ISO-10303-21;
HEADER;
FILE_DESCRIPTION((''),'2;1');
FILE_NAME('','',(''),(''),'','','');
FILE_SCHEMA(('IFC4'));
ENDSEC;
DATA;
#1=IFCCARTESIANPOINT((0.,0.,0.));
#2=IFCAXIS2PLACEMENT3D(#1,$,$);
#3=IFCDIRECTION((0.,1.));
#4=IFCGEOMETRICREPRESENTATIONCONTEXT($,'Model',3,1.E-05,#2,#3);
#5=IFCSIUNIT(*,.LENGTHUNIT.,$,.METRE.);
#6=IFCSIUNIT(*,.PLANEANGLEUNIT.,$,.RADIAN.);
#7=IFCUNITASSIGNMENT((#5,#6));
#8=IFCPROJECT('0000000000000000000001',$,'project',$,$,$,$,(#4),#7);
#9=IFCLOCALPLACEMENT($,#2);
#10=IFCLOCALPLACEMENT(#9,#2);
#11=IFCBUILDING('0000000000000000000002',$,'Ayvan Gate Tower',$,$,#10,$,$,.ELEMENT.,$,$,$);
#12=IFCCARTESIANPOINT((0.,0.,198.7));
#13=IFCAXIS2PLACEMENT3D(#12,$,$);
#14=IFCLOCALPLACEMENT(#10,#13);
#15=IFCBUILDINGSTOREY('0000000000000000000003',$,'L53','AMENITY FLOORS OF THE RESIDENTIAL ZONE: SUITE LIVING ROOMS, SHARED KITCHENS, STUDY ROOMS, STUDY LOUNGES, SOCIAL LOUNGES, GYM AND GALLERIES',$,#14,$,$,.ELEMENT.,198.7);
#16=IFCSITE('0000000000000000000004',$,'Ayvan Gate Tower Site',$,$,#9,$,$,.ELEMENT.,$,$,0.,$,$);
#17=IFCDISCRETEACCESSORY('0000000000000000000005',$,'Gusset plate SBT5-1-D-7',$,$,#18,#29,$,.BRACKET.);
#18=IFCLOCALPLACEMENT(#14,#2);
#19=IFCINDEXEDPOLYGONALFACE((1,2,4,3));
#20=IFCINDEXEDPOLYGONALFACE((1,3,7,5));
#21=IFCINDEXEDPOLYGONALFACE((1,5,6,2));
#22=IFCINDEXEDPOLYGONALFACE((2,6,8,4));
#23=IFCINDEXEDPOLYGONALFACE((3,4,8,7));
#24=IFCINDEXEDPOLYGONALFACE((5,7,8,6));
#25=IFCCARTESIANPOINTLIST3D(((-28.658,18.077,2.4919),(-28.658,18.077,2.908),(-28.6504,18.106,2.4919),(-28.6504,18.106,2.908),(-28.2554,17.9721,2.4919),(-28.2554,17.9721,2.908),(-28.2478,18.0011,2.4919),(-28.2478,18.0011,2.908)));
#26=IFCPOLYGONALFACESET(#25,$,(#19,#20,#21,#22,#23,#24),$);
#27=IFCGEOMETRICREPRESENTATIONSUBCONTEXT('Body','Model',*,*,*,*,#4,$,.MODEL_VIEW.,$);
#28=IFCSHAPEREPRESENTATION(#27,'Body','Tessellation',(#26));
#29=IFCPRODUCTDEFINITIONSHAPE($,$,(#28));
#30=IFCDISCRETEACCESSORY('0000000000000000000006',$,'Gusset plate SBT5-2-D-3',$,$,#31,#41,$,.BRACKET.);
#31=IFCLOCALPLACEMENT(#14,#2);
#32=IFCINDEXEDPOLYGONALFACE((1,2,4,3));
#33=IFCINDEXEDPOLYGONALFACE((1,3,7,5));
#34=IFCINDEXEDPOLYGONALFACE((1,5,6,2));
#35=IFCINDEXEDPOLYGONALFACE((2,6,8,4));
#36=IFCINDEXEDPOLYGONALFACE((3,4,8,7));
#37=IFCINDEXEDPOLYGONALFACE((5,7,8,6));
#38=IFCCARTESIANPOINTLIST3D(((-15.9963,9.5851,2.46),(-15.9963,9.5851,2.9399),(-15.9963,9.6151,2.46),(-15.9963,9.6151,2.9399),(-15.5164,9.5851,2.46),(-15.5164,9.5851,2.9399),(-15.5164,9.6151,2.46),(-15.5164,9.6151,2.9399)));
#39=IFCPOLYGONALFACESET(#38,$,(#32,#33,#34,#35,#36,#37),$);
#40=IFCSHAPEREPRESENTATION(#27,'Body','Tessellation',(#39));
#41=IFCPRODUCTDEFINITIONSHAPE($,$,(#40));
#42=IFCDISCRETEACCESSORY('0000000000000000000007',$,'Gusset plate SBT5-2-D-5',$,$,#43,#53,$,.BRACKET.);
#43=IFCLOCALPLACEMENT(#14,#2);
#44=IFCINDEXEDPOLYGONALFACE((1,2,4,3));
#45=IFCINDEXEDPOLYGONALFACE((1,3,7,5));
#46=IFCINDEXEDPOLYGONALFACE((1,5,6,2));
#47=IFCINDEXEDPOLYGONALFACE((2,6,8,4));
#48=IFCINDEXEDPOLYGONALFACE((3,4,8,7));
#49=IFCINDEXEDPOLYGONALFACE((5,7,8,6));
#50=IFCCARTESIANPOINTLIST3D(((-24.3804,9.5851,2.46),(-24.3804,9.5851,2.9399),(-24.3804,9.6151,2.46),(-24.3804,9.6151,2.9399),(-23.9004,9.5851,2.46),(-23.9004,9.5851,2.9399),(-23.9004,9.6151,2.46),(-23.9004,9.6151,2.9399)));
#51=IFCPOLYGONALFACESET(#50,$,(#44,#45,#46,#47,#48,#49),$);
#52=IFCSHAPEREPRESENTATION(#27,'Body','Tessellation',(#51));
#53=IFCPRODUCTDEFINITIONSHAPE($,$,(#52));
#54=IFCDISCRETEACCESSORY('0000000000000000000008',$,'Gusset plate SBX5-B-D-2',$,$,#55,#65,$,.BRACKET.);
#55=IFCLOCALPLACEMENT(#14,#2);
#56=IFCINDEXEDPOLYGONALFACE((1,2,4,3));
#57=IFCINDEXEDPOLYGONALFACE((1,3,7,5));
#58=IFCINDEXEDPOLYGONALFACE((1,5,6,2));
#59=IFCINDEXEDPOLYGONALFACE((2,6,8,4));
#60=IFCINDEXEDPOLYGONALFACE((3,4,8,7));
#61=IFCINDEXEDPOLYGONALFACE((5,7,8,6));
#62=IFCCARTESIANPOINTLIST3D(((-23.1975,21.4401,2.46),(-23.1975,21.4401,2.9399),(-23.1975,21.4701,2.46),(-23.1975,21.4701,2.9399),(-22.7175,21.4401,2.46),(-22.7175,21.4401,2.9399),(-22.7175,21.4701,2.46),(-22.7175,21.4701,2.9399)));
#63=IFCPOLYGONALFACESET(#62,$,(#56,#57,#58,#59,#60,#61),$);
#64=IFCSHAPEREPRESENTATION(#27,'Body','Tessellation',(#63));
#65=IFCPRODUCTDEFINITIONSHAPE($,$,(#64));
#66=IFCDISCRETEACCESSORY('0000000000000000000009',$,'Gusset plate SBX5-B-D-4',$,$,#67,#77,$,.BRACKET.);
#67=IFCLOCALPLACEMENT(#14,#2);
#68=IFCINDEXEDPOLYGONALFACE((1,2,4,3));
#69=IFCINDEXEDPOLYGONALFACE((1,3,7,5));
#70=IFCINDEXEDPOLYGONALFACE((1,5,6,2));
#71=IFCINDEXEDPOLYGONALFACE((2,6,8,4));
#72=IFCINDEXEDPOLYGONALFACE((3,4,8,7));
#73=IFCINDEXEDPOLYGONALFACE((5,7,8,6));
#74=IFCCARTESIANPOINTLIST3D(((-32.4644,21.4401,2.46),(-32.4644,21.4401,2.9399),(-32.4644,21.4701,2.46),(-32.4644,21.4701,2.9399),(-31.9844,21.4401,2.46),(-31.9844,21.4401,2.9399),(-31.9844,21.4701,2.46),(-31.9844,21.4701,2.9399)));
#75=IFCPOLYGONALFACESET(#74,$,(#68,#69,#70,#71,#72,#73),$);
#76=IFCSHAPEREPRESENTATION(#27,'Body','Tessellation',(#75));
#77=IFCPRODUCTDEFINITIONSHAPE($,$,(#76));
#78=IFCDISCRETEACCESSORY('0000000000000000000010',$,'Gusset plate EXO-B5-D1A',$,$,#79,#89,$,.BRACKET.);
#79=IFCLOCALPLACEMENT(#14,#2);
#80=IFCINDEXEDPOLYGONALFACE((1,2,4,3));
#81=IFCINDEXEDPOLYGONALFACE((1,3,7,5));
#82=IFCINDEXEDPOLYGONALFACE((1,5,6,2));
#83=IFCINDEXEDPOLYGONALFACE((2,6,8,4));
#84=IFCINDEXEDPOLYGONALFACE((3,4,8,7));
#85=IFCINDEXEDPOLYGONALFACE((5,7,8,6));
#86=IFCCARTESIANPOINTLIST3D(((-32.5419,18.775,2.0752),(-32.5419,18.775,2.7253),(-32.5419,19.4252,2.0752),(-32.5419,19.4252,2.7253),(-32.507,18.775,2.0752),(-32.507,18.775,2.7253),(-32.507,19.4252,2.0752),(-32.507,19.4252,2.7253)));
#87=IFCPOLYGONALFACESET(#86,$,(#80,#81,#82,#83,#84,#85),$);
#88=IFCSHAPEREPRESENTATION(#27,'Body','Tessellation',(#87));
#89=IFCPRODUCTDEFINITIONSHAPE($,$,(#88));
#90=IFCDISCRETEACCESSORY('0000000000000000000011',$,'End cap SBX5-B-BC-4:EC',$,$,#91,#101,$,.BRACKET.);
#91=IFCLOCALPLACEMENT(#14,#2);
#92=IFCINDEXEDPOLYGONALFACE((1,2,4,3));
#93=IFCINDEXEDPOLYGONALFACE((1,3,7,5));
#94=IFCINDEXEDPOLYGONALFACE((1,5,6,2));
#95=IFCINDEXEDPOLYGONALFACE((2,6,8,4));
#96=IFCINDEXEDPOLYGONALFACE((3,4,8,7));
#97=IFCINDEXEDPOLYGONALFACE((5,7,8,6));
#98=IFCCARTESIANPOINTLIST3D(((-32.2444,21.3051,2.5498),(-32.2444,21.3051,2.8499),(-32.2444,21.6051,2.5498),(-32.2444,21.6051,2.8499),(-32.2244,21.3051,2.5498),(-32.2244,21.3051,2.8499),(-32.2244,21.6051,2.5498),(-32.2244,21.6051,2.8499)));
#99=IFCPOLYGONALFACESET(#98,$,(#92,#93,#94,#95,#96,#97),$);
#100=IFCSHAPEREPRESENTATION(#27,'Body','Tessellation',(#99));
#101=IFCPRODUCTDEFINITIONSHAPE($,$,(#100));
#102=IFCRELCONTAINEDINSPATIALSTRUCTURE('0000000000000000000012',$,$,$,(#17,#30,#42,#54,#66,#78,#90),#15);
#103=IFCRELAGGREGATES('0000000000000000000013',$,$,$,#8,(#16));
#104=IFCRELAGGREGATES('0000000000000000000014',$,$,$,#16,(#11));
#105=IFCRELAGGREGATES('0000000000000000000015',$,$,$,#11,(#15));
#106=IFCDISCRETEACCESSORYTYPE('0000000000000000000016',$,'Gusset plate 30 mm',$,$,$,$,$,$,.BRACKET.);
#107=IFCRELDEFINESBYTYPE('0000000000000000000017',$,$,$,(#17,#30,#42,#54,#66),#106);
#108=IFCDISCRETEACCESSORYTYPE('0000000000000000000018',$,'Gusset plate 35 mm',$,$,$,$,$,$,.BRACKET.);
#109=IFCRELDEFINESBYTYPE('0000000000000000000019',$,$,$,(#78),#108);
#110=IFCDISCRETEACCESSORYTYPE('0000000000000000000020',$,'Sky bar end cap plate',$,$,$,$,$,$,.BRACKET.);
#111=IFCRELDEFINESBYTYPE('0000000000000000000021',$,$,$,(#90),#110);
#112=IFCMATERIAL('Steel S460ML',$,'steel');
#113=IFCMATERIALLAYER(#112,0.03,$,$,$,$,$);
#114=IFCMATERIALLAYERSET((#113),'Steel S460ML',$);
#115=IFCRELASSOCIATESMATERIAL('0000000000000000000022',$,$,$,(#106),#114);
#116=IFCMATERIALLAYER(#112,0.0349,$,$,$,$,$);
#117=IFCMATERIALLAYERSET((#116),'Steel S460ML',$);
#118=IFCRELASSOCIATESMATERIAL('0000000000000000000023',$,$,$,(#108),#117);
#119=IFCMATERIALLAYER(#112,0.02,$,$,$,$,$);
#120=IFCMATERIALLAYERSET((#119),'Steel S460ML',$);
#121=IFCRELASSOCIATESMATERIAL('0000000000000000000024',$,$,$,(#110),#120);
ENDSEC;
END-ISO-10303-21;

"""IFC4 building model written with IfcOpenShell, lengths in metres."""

from ifc_helpers import new_model, si_unit, direction, frame, origin, origin_2d, place, context, subcontext, project, spatial, rectangle, extrude, material, layer, layer_set, type_object, element, save


model = new_model("IFC4")

# Units and contexts
model_context = context("Model", 3, precision=1e-05, world=origin(), true_north=direction((0.0, 1.0)))
body_context = subcontext(model_context, "Body", "Model", "MODEL_VIEW")
ifc_project = project(units=[si_unit("LENGTHUNIT", "METRE"), si_unit("PLANEANGLEUNIT", "RADIAN")], contexts=[model_context])

# Site, building, storey
site_placement = place(None, origin())
site = spatial("IfcSite", under=ifc_project, at=site_placement, Name="Ayvan Gate Tower Site", CompositionType="ELEMENT", RefElevation=0.0)
building_placement = place(site_placement, origin())
building = spatial("IfcBuilding", under=site, at=building_placement, Name="Ayvan Gate Tower", CompositionType="ELEMENT")
storey_placement = place(building_placement, frame((0.0, 0.0, 198.7)))
storey = spatial("IfcBuildingStorey", under=building, at=storey_placement, Name="L53", Description="AMENITY FLOORS OF THE RESIDENTIAL ZONE: SUITE LIVING ROOMS, SHARED KITCHENS, STUDY ROOMS, STUDY LOUNGES, SOCIAL LOUNGES, GYM AND GALLERIES", CompositionType="ELEMENT", Elevation=198.7)

# Discrete accessories
ifc_material_1 = material(Name="Steel S460ML", Category="steel")
ifc_layer_1 = layer(ifc_material_1, 0.03)
ifc_layer_set_1 = layer_set([ifc_layer_1], Name="Steel S460ML")
discrete_accessory_type_1 = type_object("IfcDiscreteAccessoryType", Name="Gusset plate 30 mm", PredefinedType="BRACKET", material=ifc_layer_set_1)
for number, where, z_axis, x_axis, name in (
    (1, (-28.4529, 18.0391, 2.4919), (0.0, 0.0, 1.0), (-0.967682, 0.252172, 0.0), "Gusset plate SBT5-1-D-7"),
):
    element("IfcDiscreteAccessory", number, at=place(storey_placement, frame(where, z_axis=z_axis, x_axis=x_axis)), inside=storey, type_object=discrete_accessory_type_1, Name=name, PredefinedType="BRACKET", context=body_context, shape_type="SweptSolid", body=[
        extrude(rectangle(XDim=0.416, YDim=0.03, at=origin_2d()), origin(), (0.0, 0.0, 1.0), 0.416),
    ])
for number, where, z_axis, x_axis, name in (
    (2, (-15.7563, 9.6001, 2.46), (0.0, 0.0, 1.0), (1.0, 0.0, 0.0), "Gusset plate SBT5-2-D-3"),
    (3, (-24.1404, 9.6001, 2.46), (0.0, 0.0, 1.0), (1.0, 0.0, 0.0), "Gusset plate SBT5-2-D-5"),
    (4, (-22.9575, 21.4551, 2.46), (0.0, 0.0, 1.0), (1.0, 0.0, 0.0), "Gusset plate SBX5-B-D-2"),
    (5, (-32.2244, 21.4551, 2.46), (0.0, 0.0, 1.0), (1.0, 0.0, 0.0), "Gusset plate SBX5-B-D-4"),
):
    element("IfcDiscreteAccessory", number, at=place(storey_placement, frame(where, z_axis=z_axis, x_axis=x_axis)), inside=storey, type_object=discrete_accessory_type_1, Name=name, PredefinedType="BRACKET", context=body_context, shape_type="SweptSolid", body=[
        extrude(rectangle(XDim=0.48, YDim=0.03, at=origin_2d()), origin(), (0.0, 0.0, 1.0), 0.48),
    ])
ifc_layer_2 = layer(ifc_material_1, 0.0349)
ifc_layer_set_2 = layer_set([ifc_layer_2], Name="Steel S460ML")
discrete_accessory_type_2 = type_object("IfcDiscreteAccessoryType", Name="Gusset plate 35 mm", PredefinedType="BRACKET", material=ifc_layer_set_2)
discrete_accessory_1_placement = place(storey_placement, frame((-32.5244, 19.1001, 2.0752), z_axis=(0.0, 0.0, 1.0), x_axis=(0.0, 1.0, 0.0)))
element("IfcDiscreteAccessory", 6, at=discrete_accessory_1_placement, inside=storey, type_object=discrete_accessory_type_2, Name="Gusset plate EXO-B5-D1A", PredefinedType="BRACKET", context=body_context, shape_type="SweptSolid", body=[
    extrude(rectangle(XDim=0.6501, YDim=0.0349, at=origin_2d()), origin(), (0.0, 0.0, 1.0), 0.6501),
])
ifc_layer_3 = layer(ifc_material_1, 0.02)
ifc_layer_set_3 = layer_set([ifc_layer_3], Name="Steel S460ML")
discrete_accessory_type_3 = type_object("IfcDiscreteAccessoryType", Name="Sky bar end cap plate", PredefinedType="BRACKET", material=ifc_layer_set_3)
discrete_accessory_2_placement = place(storey_placement, frame((-32.2344, 21.4551, 2.5498), z_axis=(0.0, 0.0, 1.0), x_axis=(-1.0, 0.0, 0.0)))
element("IfcDiscreteAccessory", 7, at=discrete_accessory_2_placement, inside=storey, type_object=discrete_accessory_type_3, Name="End cap SBX5-B-BC-4:EC", PredefinedType="BRACKET", context=body_context, shape_type="SweptSolid", body=[
    extrude(rectangle(XDim=0.02, YDim=0.3, at=origin_2d()), origin(), (0.0, 0.0, 1.0), 0.3),
])

save(model, "model.ifc")
